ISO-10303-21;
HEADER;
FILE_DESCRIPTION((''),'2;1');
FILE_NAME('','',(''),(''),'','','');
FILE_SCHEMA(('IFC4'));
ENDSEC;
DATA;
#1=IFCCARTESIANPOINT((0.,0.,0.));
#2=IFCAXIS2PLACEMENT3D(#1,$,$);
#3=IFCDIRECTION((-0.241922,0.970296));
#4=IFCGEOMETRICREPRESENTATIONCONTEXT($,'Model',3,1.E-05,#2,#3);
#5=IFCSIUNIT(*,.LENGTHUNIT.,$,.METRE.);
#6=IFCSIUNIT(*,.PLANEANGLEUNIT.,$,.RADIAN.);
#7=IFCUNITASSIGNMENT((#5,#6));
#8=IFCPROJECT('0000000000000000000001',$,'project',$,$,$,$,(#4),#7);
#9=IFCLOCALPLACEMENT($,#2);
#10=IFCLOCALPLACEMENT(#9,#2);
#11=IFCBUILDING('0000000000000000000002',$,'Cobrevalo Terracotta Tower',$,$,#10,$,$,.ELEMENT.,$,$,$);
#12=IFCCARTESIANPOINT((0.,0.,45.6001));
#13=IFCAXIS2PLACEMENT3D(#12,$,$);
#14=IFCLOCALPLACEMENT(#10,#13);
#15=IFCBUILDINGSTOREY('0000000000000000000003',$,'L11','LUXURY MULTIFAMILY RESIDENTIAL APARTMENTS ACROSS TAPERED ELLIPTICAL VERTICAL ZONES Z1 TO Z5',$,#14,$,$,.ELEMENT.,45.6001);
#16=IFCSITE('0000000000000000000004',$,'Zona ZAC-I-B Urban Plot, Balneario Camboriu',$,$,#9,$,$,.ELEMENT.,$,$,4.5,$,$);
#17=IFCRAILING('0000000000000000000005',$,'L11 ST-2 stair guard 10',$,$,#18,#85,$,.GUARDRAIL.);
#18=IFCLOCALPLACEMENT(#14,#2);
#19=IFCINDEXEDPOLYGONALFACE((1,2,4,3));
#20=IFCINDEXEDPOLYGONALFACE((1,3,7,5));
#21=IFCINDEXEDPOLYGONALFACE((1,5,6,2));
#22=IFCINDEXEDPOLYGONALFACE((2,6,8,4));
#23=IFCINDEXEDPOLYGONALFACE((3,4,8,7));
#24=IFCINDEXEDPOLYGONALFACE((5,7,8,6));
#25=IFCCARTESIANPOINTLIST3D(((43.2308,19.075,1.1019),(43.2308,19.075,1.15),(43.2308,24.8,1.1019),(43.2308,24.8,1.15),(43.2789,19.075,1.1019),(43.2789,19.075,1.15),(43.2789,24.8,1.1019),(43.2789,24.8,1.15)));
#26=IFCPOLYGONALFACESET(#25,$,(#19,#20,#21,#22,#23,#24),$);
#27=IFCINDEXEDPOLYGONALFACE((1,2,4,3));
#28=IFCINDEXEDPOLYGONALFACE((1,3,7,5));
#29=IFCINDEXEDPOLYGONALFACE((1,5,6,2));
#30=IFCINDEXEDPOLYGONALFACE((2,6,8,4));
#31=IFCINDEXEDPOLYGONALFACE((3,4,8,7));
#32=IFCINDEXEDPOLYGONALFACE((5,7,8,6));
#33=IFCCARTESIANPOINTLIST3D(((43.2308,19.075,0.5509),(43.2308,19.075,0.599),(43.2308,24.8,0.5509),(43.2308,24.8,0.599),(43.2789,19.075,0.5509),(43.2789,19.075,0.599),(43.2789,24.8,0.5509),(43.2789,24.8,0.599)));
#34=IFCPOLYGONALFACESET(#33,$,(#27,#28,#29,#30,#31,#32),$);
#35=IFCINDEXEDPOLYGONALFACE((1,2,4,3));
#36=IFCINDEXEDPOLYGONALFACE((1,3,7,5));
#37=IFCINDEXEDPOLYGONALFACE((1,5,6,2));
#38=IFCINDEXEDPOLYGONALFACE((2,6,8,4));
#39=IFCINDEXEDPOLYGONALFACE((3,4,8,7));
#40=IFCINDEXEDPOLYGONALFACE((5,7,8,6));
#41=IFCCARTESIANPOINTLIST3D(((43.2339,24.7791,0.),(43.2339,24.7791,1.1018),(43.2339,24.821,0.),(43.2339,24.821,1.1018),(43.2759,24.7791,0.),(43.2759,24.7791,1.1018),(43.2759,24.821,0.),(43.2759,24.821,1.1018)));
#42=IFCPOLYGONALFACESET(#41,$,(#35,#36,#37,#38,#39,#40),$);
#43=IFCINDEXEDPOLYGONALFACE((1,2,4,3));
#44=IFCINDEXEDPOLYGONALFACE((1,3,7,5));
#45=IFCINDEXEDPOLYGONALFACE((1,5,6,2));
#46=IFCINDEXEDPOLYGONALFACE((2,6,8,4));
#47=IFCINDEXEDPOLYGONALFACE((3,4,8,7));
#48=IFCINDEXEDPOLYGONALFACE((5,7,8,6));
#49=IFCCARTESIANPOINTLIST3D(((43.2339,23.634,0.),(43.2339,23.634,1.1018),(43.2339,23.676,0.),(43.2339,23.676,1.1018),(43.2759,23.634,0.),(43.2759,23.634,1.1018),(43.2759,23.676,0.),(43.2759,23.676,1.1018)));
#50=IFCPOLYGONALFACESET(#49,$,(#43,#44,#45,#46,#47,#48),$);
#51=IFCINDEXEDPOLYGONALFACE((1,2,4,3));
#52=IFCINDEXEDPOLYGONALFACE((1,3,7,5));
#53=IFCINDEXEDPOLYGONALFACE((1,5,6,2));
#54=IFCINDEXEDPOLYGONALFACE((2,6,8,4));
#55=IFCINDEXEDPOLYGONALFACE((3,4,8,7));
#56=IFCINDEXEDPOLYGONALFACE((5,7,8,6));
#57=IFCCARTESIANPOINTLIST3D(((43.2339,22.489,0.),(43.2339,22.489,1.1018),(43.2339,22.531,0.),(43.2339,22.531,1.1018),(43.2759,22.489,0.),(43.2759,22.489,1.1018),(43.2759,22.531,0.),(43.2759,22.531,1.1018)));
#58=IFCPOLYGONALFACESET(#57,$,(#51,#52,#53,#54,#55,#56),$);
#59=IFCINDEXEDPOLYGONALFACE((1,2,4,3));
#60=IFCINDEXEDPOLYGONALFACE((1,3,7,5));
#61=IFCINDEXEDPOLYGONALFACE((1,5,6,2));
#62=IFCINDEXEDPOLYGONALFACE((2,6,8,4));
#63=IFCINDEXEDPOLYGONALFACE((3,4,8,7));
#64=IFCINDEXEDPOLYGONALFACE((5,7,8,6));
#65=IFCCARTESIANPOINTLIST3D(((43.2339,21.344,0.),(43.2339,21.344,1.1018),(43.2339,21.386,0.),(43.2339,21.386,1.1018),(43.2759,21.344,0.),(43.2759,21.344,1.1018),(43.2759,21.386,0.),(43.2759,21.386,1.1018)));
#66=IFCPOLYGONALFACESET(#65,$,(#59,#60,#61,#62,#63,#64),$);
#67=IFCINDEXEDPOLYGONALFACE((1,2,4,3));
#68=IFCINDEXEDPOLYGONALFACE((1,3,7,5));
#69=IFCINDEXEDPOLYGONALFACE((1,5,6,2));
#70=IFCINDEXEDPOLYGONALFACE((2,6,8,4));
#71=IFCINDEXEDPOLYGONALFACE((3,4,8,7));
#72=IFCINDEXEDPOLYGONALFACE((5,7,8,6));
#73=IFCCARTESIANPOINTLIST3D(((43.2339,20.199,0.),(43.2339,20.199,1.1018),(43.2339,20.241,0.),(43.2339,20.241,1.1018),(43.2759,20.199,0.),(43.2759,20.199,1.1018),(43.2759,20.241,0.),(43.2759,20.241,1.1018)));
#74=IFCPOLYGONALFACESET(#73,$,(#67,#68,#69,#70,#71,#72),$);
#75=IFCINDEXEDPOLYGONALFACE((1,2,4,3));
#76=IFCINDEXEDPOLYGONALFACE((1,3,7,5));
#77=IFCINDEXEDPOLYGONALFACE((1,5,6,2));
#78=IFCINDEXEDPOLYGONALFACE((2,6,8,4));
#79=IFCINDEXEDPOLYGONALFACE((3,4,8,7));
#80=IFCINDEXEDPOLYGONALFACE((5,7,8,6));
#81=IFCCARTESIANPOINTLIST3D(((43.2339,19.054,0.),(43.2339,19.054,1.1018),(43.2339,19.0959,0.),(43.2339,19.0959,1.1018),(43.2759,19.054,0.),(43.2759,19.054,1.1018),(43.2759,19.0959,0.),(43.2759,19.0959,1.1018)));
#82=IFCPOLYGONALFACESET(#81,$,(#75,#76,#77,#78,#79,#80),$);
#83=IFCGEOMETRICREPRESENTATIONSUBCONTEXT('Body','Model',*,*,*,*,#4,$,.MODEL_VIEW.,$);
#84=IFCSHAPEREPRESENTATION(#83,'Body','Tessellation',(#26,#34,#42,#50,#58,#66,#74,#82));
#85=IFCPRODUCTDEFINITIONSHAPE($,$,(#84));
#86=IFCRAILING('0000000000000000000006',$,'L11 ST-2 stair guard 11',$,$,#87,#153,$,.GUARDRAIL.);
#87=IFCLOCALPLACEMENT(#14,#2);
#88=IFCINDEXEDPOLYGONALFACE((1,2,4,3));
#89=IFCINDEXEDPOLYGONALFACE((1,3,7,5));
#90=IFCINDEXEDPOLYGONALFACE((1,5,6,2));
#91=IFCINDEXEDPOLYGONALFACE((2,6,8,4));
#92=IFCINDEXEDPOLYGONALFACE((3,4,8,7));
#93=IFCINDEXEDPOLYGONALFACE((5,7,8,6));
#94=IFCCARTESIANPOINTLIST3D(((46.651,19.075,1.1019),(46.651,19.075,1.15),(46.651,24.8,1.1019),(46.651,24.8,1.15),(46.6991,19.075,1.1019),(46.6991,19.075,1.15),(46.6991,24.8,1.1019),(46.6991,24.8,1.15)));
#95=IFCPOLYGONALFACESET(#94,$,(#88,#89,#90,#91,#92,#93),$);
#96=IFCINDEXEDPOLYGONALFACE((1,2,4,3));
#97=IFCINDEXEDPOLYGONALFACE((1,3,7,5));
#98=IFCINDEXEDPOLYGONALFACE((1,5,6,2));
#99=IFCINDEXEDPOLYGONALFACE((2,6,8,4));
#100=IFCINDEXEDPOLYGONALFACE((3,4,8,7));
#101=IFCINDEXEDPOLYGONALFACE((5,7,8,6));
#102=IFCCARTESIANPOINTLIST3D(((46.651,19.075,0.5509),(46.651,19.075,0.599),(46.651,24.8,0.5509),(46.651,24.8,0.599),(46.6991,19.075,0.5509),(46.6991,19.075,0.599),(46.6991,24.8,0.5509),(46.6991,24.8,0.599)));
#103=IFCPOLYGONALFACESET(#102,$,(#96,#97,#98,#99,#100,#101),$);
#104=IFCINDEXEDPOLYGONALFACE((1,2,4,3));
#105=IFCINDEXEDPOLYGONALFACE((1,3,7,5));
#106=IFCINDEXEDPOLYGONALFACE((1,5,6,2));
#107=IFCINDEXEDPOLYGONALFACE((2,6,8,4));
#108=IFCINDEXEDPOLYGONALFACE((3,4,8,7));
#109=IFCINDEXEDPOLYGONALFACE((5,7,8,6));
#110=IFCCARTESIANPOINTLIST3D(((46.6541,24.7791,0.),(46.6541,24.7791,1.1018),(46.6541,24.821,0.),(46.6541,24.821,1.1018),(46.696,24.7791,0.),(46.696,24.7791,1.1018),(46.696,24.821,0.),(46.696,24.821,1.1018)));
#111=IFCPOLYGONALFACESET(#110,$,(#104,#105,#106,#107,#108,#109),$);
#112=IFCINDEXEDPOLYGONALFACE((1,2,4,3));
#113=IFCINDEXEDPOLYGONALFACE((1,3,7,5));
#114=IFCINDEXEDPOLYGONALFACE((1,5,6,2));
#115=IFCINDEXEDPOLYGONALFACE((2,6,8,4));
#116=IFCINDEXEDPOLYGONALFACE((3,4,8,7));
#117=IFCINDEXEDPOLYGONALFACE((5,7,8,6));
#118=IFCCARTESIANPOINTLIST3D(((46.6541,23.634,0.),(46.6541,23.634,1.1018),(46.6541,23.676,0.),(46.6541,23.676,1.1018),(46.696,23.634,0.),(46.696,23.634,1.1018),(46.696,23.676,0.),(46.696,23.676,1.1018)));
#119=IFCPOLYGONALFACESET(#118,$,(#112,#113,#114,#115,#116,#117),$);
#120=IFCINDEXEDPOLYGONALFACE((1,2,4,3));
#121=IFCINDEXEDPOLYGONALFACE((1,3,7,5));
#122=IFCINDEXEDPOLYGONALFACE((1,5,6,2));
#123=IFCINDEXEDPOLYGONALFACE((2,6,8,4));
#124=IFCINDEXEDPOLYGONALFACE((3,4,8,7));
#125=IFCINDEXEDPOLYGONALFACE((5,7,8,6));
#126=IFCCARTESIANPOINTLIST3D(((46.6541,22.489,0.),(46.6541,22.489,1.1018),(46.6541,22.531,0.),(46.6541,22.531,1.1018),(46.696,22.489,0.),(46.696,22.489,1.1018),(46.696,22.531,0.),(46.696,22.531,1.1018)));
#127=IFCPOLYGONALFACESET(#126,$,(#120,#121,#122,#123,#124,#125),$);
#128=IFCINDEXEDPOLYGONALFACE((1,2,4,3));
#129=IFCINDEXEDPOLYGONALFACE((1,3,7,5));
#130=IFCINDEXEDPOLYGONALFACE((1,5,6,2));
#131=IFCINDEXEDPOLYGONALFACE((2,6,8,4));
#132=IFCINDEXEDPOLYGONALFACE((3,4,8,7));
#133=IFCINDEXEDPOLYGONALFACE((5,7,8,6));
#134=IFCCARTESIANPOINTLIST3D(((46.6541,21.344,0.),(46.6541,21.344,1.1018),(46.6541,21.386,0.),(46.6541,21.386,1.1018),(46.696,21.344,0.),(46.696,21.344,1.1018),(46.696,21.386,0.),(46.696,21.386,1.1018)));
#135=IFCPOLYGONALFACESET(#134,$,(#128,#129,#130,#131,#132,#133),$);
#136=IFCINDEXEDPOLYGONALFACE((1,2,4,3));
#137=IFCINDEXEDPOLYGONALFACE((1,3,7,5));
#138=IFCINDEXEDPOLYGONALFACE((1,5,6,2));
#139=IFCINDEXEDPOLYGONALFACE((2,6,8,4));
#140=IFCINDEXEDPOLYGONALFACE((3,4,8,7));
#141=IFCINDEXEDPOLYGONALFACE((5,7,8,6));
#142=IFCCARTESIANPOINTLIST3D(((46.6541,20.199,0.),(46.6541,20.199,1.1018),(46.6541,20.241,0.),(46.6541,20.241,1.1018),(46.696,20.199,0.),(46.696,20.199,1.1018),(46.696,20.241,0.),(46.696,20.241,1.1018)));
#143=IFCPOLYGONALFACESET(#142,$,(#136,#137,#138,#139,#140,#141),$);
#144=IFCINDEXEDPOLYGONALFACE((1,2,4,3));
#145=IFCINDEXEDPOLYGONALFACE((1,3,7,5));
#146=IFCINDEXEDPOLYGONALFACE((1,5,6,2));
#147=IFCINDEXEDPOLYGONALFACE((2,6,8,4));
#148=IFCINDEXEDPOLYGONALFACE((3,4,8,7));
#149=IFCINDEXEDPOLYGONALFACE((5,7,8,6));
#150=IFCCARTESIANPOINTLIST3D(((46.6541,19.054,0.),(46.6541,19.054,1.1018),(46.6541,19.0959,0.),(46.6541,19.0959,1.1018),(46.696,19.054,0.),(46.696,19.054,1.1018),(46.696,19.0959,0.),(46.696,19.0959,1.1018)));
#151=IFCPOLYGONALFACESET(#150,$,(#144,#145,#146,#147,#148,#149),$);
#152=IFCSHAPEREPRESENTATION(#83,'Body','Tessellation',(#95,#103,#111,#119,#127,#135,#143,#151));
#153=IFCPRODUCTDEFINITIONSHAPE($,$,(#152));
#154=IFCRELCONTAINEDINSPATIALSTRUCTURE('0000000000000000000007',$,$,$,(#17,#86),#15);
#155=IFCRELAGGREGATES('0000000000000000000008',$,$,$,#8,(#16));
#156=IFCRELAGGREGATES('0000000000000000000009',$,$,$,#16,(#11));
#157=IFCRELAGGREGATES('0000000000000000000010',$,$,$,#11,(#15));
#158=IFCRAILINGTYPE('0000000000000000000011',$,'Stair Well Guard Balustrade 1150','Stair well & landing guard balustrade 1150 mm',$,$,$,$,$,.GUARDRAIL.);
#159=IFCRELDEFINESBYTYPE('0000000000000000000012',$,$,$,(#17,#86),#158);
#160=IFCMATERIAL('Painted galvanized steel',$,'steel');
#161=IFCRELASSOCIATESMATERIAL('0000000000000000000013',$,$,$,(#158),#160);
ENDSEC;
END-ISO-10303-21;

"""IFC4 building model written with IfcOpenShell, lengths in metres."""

from ifc_helpers import new_model, si_unit, direction, frame, origin, origin_2d, place, context, subcontext, project, spatial, rectangle, extrude, material, type_object, element, save


model = new_model("IFC4")

# Units and contexts
model_context = context("Model", 3, precision=1e-05, world=origin(), true_north=direction((-0.241922, 0.970296)))
body_context = subcontext(model_context, "Body", "Model", "MODEL_VIEW")
ifc_project = project(units=[si_unit("LENGTHUNIT", "METRE"), si_unit("PLANEANGLEUNIT", "RADIAN")], contexts=[model_context])

# Site, building, storey
site_placement = place(None, origin())
site = spatial("IfcSite", under=ifc_project, at=site_placement, Name="Zona ZAC-I-B Urban Plot, Balneario Camboriu", CompositionType="ELEMENT", RefElevation=4.5)
building_placement = place(site_placement, origin())
building = spatial("IfcBuilding", under=site, at=building_placement, Name="Cobrevalo Terracotta Tower", CompositionType="ELEMENT")
storey_placement = place(building_placement, frame((0.0, 0.0, 45.6001)))
storey = spatial("IfcBuildingStorey", under=building, at=storey_placement, Name="L11", Description="LUXURY MULTIFAMILY RESIDENTIAL APARTMENTS ACROSS TAPERED ELLIPTICAL VERTICAL ZONES Z1 TO Z5", CompositionType="ELEMENT", Elevation=45.6001)

# Railings
ifc_material_1 = material(Name="Painted galvanized steel", Category="steel")
railing_type_1 = type_object("IfcRailingType", Name="Stair Well Guard Balustrade 1150", Description="Stair well & landing guard balustrade 1150 mm", PredefinedType="GUARDRAIL", material=ifc_material_1)
for number, where, name in (
    (1, (43.2549, 24.8, 0.0), "L11 ST-2 stair guard 10"),
    (2, (46.675, 24.8, 0.0), "L11 ST-2 stair guard 11"),
):
    element("IfcRailing", number, at=place(storey_placement, frame(where)), inside=storey, type_object=railing_type_1, Name=name, PredefinedType="GUARDRAIL", context=body_context, shape_type="SweptSolid", body=[
        extrude(rectangle(XDim=0.0481, YDim=0.0481, at=origin_2d()), frame((0.0, 0.0, 1.126), z_axis=(0.0, -1.0, 0.0), x_axis=(1.0, 0.0, 0.0)), (0.0, 0.0, 1.0), 5.7251),
        extrude(rectangle(XDim=0.0481, YDim=0.0481, at=origin_2d()), frame((0.0, 0.0, 0.575), z_axis=(0.0, -1.0, 0.0), x_axis=(1.0, 0.0, 0.0)), (0.0, 0.0, 1.0), 5.7251),
        extrude(rectangle(XDim=0.042, YDim=0.042, at=origin_2d()), origin(), (0.0, 0.0, 1.0), 1.1018),
        extrude(rectangle(XDim=0.042, YDim=0.042, at=origin_2d()), frame((0.0, -1.145, 0.0)), (0.0, 0.0, 1.0), 1.1018),
        extrude(rectangle(XDim=0.042, YDim=0.042, at=origin_2d()), frame((0.0, -2.29, 0.0)), (0.0, 0.0, 1.0), 1.1018),
        extrude(rectangle(XDim=0.042, YDim=0.042, at=origin_2d()), frame((0.0, -3.4351, 0.0)), (0.0, 0.0, 1.0), 1.1018),
        extrude(rectangle(XDim=0.042, YDim=0.042, at=origin_2d()), frame((0.0, -4.5801, 0.0)), (0.0, 0.0, 1.0), 1.1018),
        extrude(rectangle(XDim=0.042, YDim=0.042, at=origin_2d()), frame((0.0, -5.7251, 0.0)), (0.0, 0.0, 1.0), 1.1018),
    ])

save(model, "model.ifc")
